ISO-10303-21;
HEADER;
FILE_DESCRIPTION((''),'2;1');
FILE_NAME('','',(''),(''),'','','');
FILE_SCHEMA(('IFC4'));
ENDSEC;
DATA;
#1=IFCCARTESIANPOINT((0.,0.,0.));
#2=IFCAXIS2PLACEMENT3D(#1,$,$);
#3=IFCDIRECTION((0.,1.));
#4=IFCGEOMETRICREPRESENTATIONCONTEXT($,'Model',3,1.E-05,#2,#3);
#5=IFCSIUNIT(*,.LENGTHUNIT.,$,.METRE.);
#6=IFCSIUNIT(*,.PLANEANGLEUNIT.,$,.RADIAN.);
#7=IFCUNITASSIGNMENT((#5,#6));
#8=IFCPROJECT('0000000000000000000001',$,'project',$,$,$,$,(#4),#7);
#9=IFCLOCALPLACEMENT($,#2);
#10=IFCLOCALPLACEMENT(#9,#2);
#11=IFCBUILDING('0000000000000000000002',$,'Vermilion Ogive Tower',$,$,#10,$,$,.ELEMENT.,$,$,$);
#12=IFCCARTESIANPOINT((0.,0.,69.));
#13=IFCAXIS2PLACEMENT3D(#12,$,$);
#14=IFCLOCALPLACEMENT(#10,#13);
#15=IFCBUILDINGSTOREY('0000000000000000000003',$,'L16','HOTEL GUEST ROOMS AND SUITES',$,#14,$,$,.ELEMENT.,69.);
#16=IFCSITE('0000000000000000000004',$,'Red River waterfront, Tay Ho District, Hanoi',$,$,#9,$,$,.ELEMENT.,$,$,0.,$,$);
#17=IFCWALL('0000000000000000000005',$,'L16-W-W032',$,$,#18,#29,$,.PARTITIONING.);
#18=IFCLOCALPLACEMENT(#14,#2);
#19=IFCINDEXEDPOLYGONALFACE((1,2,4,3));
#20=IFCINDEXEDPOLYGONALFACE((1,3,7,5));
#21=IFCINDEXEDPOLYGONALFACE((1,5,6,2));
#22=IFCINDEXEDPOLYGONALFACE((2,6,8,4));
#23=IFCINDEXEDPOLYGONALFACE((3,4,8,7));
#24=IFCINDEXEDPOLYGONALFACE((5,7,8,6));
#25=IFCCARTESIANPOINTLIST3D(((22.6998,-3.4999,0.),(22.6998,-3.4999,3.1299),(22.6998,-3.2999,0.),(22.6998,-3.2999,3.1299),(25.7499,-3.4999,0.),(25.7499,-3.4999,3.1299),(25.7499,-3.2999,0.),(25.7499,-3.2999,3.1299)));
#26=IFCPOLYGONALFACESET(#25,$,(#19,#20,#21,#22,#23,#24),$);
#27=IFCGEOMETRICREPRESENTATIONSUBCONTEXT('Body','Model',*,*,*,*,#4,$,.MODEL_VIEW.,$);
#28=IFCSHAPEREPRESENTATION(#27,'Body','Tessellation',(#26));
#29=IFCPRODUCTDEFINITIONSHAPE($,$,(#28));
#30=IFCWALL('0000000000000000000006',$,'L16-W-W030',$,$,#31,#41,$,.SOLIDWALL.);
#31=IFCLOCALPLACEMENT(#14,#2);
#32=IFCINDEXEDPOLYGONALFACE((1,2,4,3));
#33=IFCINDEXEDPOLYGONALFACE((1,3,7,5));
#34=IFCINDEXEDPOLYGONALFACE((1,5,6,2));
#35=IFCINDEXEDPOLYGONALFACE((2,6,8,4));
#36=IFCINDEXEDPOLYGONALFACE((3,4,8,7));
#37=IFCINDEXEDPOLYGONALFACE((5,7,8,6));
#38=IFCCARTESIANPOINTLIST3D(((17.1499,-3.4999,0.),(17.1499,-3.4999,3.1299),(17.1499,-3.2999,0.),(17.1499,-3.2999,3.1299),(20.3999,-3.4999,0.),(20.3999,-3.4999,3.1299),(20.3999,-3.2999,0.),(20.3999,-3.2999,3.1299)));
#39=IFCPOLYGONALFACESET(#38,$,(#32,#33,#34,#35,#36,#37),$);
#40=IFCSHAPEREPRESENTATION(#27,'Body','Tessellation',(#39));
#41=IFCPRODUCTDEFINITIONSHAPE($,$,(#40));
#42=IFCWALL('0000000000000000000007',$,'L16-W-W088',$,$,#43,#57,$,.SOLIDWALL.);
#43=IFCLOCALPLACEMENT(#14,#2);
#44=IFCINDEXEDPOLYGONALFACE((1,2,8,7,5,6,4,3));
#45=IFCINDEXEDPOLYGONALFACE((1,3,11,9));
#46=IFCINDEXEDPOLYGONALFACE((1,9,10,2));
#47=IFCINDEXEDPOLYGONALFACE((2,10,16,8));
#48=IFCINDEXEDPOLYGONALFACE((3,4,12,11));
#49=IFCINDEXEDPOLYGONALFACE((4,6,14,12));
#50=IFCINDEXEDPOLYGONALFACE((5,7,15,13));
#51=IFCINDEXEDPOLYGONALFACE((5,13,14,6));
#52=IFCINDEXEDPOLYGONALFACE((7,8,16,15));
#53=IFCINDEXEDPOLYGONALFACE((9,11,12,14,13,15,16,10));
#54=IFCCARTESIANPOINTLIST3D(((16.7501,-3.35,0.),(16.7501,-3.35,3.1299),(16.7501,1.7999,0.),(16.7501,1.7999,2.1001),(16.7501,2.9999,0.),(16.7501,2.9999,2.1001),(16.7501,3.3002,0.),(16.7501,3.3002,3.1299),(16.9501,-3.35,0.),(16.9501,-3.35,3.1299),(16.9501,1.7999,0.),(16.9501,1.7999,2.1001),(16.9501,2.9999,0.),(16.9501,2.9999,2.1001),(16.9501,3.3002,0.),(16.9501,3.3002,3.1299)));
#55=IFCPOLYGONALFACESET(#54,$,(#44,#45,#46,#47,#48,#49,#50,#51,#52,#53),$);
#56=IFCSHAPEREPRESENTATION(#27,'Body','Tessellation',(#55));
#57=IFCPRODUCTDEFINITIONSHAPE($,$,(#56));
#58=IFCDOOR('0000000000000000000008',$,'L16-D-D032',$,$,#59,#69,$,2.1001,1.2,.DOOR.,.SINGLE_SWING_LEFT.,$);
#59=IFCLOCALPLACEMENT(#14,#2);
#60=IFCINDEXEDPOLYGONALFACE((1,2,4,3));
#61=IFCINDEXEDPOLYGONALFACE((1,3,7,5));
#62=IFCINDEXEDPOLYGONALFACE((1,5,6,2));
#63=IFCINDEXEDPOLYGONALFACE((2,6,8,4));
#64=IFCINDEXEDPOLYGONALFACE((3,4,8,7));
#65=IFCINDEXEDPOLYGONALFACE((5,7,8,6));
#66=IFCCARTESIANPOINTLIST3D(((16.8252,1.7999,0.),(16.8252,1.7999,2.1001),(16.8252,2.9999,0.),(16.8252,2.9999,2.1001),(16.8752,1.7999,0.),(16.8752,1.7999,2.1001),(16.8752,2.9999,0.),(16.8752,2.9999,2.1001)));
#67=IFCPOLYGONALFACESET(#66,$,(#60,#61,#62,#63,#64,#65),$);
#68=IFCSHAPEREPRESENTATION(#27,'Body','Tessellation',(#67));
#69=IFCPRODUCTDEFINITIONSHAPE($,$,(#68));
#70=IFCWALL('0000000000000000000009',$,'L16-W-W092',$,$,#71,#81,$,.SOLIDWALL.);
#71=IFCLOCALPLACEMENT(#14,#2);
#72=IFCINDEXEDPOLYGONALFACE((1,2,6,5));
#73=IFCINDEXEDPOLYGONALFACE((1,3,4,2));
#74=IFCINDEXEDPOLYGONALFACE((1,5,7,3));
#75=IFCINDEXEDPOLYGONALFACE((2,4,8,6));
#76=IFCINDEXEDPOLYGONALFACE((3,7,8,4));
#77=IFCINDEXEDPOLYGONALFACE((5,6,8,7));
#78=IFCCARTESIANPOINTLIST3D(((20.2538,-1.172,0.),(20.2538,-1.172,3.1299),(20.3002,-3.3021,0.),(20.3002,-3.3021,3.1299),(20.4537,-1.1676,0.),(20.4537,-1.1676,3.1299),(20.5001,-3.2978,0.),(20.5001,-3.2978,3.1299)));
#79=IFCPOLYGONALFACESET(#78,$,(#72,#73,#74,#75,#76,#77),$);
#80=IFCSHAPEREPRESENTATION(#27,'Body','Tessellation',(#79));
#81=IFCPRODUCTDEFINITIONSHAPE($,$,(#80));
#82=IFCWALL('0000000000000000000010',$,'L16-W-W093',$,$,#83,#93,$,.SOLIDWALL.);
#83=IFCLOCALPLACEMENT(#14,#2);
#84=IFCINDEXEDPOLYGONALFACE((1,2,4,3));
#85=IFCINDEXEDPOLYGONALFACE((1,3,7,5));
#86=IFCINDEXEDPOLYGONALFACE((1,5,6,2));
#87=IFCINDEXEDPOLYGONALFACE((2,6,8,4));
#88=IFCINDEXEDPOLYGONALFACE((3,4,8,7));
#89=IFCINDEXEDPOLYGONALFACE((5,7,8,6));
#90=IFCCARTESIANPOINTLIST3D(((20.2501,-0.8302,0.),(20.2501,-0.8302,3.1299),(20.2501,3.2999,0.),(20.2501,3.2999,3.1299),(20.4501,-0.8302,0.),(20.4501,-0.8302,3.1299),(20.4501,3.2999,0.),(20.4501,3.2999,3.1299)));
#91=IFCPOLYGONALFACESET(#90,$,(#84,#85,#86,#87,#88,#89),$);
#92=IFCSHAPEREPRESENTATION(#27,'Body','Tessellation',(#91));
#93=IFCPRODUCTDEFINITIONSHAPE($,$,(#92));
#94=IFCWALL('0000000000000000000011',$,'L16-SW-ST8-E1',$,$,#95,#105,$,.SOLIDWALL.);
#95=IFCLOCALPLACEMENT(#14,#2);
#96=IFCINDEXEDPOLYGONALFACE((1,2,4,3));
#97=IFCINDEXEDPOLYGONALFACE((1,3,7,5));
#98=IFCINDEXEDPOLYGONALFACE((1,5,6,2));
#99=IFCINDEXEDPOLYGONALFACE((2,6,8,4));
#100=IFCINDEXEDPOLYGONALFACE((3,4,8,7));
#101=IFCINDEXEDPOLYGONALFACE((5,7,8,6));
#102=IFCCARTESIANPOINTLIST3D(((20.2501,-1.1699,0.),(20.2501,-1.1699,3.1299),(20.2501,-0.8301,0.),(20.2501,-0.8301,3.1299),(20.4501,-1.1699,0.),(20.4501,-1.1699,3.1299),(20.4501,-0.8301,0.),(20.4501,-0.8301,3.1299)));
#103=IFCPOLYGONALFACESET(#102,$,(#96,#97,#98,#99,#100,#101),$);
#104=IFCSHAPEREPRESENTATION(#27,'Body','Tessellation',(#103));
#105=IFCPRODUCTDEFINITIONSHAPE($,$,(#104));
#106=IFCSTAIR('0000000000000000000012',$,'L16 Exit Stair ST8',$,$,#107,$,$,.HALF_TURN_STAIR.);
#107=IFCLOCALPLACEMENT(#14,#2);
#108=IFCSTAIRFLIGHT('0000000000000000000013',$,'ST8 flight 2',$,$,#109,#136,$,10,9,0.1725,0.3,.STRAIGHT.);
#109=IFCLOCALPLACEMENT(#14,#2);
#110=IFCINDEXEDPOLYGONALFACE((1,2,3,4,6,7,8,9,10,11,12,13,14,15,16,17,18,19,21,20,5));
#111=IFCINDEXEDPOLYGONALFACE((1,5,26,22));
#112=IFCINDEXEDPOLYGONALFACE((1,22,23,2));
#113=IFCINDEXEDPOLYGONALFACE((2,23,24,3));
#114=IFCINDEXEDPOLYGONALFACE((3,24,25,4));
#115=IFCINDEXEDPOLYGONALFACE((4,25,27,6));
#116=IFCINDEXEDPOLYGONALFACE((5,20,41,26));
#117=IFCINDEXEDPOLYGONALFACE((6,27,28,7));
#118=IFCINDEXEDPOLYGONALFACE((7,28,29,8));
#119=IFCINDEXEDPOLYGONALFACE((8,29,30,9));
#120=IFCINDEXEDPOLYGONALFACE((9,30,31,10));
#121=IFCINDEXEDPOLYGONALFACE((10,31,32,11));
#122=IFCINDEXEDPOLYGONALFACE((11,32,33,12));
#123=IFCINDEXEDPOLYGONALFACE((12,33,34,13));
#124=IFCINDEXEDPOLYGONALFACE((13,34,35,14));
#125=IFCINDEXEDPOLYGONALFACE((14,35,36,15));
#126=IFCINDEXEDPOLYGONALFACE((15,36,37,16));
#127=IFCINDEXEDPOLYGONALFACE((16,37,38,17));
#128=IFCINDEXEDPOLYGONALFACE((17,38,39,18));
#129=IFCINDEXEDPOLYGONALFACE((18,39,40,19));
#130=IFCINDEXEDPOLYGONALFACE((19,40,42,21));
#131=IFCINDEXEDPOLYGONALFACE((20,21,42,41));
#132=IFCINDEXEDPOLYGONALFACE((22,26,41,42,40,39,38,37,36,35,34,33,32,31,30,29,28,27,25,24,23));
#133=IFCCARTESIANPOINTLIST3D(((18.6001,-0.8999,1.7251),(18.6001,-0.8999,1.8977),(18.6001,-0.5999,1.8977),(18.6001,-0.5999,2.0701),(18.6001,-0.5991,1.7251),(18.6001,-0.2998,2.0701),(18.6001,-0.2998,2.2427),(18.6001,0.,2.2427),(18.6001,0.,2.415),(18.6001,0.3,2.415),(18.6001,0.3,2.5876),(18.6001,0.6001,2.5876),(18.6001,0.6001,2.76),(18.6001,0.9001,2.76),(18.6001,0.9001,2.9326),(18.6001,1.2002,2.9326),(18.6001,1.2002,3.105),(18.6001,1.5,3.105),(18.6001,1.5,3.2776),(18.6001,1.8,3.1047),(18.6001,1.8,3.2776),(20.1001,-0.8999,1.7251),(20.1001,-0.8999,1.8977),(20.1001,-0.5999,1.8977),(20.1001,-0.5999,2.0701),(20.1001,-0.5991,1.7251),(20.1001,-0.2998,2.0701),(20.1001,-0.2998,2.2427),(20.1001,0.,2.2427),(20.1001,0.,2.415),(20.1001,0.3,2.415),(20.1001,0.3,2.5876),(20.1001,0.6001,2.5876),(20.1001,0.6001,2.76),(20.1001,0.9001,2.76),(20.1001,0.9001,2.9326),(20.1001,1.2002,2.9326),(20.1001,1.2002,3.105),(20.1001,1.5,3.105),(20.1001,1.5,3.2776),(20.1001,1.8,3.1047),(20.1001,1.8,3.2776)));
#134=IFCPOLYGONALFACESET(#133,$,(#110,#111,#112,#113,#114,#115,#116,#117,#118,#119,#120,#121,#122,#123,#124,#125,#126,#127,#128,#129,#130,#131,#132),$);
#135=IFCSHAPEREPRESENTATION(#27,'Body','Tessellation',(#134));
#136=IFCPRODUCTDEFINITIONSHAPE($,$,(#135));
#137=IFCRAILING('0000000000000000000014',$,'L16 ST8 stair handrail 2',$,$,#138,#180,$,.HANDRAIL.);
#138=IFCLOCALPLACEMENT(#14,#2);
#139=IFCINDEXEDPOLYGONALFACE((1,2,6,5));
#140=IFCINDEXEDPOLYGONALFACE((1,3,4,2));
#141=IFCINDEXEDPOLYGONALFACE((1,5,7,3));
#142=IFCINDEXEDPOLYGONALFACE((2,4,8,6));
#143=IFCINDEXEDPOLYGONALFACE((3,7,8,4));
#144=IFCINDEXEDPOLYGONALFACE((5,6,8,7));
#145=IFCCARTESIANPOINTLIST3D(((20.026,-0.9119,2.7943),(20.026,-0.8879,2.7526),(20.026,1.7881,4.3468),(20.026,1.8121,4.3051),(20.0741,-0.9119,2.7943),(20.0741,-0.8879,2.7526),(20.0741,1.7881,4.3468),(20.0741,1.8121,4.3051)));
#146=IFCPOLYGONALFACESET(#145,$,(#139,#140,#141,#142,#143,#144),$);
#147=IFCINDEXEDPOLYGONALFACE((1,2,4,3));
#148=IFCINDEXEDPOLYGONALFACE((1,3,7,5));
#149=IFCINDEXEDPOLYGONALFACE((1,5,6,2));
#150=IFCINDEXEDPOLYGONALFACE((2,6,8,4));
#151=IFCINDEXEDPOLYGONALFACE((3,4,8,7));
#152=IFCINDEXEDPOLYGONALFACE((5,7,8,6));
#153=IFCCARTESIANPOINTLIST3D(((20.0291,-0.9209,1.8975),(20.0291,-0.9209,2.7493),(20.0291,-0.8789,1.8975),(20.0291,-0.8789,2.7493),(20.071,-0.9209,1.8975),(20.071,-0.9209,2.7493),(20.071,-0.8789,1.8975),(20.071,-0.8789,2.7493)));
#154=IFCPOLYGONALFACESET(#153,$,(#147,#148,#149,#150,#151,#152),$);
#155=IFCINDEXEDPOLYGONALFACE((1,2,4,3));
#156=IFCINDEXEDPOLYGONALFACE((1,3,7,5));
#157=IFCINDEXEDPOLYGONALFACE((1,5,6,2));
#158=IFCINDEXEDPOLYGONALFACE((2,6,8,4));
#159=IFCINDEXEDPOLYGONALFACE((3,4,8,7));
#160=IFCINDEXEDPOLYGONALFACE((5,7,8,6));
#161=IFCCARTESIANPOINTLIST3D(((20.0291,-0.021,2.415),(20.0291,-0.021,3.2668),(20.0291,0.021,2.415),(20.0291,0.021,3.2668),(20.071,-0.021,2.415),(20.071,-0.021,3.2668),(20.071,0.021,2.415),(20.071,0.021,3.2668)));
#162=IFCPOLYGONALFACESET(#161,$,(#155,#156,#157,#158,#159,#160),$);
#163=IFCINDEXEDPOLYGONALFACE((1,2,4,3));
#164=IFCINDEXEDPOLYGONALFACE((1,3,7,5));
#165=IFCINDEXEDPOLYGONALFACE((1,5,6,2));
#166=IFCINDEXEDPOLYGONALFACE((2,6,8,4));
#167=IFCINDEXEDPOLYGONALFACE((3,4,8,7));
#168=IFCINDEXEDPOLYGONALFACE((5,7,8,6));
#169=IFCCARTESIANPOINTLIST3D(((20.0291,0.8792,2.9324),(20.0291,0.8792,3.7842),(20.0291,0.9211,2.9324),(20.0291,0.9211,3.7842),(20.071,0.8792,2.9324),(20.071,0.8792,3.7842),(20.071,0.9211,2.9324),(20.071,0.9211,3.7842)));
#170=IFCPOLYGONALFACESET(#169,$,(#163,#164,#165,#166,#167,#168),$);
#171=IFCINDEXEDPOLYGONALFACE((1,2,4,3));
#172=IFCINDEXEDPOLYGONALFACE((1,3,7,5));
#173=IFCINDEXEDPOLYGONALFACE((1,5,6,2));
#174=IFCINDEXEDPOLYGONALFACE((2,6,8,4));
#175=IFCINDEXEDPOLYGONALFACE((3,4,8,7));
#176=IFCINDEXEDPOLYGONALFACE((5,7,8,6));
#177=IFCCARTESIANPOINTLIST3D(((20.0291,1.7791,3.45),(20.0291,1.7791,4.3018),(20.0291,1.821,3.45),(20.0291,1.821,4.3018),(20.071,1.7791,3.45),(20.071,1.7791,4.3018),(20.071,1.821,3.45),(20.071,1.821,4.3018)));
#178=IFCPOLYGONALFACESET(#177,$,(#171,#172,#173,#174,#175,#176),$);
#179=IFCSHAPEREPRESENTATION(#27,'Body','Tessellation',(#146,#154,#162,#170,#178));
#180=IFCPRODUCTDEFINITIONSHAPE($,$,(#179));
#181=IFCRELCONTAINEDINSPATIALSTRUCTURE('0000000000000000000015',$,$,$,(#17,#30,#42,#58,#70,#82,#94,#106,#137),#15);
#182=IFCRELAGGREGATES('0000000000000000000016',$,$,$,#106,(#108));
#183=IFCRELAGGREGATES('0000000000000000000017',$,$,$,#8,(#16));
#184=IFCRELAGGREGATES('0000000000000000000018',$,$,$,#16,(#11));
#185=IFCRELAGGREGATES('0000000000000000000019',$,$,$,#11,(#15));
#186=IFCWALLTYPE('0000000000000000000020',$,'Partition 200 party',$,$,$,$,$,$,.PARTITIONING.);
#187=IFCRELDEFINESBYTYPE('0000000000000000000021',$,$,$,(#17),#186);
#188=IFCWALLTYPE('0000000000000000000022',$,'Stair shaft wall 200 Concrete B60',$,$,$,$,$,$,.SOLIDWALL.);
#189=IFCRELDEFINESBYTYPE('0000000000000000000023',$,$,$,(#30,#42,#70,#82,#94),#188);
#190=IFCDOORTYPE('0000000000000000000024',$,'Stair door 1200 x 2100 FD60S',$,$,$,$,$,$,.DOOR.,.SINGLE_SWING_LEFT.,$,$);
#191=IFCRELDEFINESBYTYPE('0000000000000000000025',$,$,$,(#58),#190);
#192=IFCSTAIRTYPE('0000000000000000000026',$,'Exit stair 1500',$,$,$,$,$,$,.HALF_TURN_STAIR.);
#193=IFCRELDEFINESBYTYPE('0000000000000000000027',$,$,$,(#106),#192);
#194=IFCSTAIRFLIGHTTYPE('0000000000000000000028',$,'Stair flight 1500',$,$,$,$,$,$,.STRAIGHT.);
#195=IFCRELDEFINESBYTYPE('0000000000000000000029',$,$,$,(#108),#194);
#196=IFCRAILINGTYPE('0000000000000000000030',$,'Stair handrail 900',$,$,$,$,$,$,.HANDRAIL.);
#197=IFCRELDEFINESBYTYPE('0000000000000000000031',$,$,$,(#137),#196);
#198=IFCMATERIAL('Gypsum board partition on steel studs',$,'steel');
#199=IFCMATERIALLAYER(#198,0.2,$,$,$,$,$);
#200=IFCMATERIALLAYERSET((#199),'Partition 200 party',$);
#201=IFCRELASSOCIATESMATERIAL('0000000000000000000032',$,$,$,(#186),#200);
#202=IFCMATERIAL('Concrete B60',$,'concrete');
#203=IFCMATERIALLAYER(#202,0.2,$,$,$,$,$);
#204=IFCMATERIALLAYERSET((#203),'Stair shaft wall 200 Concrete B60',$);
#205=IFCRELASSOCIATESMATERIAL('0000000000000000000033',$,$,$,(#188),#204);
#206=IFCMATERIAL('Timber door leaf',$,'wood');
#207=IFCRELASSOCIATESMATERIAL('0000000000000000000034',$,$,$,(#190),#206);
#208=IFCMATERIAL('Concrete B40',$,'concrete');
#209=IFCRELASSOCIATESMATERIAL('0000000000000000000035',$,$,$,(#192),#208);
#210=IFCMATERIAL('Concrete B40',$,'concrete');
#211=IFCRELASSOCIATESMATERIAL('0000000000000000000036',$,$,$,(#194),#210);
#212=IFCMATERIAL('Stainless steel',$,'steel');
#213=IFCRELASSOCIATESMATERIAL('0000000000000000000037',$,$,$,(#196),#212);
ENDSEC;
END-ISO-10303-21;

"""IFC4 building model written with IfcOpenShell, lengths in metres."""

from ifc_helpers import new_model, si_unit, direction, frame, frame_2d, origin, origin_2d, place, context, subcontext, project, spatial, polyline, rectangle, outline, extrude, material, layer, layer_set, type_object, element, fill, aggregate, save


model = new_model("IFC4")

# Units and contexts
model_context = context("Model", 3, precision=1e-05, world=origin(), true_north=direction((0.0, 1.0)))
body_context = subcontext(model_context, "Body", "Model", "MODEL_VIEW")
ifc_project = project(units=[si_unit("LENGTHUNIT", "METRE"), si_unit("PLANEANGLEUNIT", "RADIAN")], contexts=[model_context])

# Site, building, storey
site_placement = place(None, origin())
site = spatial("IfcSite", under=ifc_project, at=site_placement, Name="Red River waterfront, Tay Ho District, Hanoi", CompositionType="ELEMENT", RefElevation=0.0)
building_placement = place(site_placement, origin())
building = spatial("IfcBuilding", under=site, at=building_placement, Name="Vermilion Ogive Tower", CompositionType="ELEMENT")
storey_placement = place(building_placement, frame((0.0, 0.0, 69.0)))
storey = spatial("IfcBuildingStorey", under=building, at=storey_placement, Name="L16", Description="HOTEL GUEST ROOMS AND SUITES", CompositionType="ELEMENT", Elevation=69.0)

# Walls
ifc_material_1 = material(Name="Gypsum board partition on steel studs", Category="steel")
ifc_layer_1 = layer(ifc_material_1, 0.2)
ifc_layer_set_1 = layer_set([ifc_layer_1], Name="Partition 200 party")
wall_type_1 = type_object("IfcWallType", Name="Partition 200 party", PredefinedType="PARTITIONING", material=ifc_layer_set_1)
wall_1_placement = place(storey_placement, frame((22.7, -3.3999, 0.0), z_axis=(0.0, 0.0, 1.0), x_axis=(1.0, 0.0, 0.0)))
element("IfcWall", 1, at=wall_1_placement, inside=storey, type_object=wall_type_1, Name="L16-W-W032", PredefinedType="PARTITIONING", context=body_context, shape_type="SweptSolid", body=[
    extrude(rectangle(XDim=3.05, YDim=0.2, at=frame_2d((1.5249, 0.0))), origin(), (0.0, 0.0, 1.0), 3.1299),
])
ifc_material_2 = material(Name="Concrete B60", Category="concrete")
ifc_layer_2 = layer(ifc_material_2, 0.2)
ifc_layer_set_2 = layer_set([ifc_layer_2], Name="Stair shaft wall 200 Concrete B60")
wall_type_2 = type_object("IfcWallType", Name="Stair shaft wall 200 Concrete B60", PredefinedType="SOLIDWALL", material=ifc_layer_set_2)
wall_2_placement = place(storey_placement, frame((17.1499, -3.3999, 0.0), z_axis=(0.0, 0.0, 1.0), x_axis=(1.0, 0.0, 0.0)))
element("IfcWall", 2, at=wall_2_placement, inside=storey, type_object=wall_type_2, Name="L16-W-W030", PredefinedType="SOLIDWALL", context=body_context, shape_type="SweptSolid", body=[
    extrude(rectangle(XDim=3.25, YDim=0.2, at=frame_2d((1.625, 0.0))), origin(), (0.0, 0.0, 1.0), 3.1299),
])

# Wall, opening, door
wall_3_placement = place(storey_placement, frame((16.8501, -3.3501, 0.0), z_axis=(0.0, 0.0, 1.0), x_axis=(0.0, 1.0, 0.0)))
wall_3 = element("IfcWall", 3, at=wall_3_placement, inside=storey, type_object=wall_type_2, Name="L16-W-W088", PredefinedType="SOLIDWALL", context=body_context, shape_type="SweptSolid", body=[
    extrude(rectangle(XDim=6.6501, YDim=0.2, at=frame_2d((3.3252, 0.0))), origin(), (0.0, 0.0, 1.0), 3.1299),
])
opening_1_placement = place(wall_3_placement, frame((5.1499, 0.0, 0.0)))
opening_1 = element("IfcOpeningElement", 4, at=opening_1_placement, cuts=wall_3, PredefinedType="OPENING", context=body_context, shape_type="SweptSolid", body=[
    extrude(rectangle(XDim=1.2, YDim=2.1001, at=frame_2d((0.6001, 1.05))), frame((0.0, 0.1099, 0.0), z_axis=(0.0, -1.0, 0.0), x_axis=(1.0, 0.0, 0.0)), (0.0, 0.0, 1.0), 0.22),
])
ifc_material_3 = material(Name="Timber door leaf", Category="wood")
door_type_1 = type_object("IfcDoorType", Name="Stair door 1200 x 2100 FD60S", OperationType="SINGLE_SWING_LEFT", PredefinedType="DOOR", material=ifc_material_3)
door_1_placement = place(opening_1_placement, origin())
door_1 = element("IfcDoor", 5, at=door_1_placement, inside=storey, type_object=door_type_1, Name="L16-D-D032", OperationType="SINGLE_SWING_LEFT", OverallHeight=2.1001, OverallWidth=1.2, PredefinedType="DOOR", context=body_context, shape_type="SweptSolid", body=[
    extrude(rectangle(XDim=1.2, YDim=2.1001, at=frame_2d((0.6001, 1.05))), frame((0.0, 0.0249, 0.0), z_axis=(0.0, -1.0, 0.0), x_axis=(1.0, 0.0, 0.0)), (0.0, 0.0, 1.0), 0.05),
])
fill(opening_1, door_1)

# Walls
wall_4_placement = place(storey_placement, frame((20.4001, -3.3, 0.0), z_axis=(0.0, 0.0, 1.0), x_axis=(-0.021771, 0.999763, 0.0)))
element("IfcWall", 6, at=wall_4_placement, inside=storey, type_object=wall_type_2, Name="L16-W-W092", PredefinedType="SOLIDWALL", context=body_context, shape_type="SweptSolid", body=[
    extrude(rectangle(XDim=2.1306, YDim=0.2, at=frame_2d((1.0654, 0.0))), origin(), (0.0, 0.0, 1.0), 3.1299),
])
wall_5_placement = place(storey_placement, frame((20.3501, -0.8301, 0.0), z_axis=(0.0, 0.0, 1.0), x_axis=(0.0, 1.0, 0.0)))
element("IfcWall", 7, at=wall_5_placement, inside=storey, type_object=wall_type_2, Name="L16-W-W093", PredefinedType="SOLIDWALL", context=body_context, shape_type="SweptSolid", body=[
    extrude(rectangle(XDim=4.1301, YDim=0.2, at=frame_2d((2.0649, 0.0))), origin(), (0.0, 0.0, 1.0), 3.1299),
])
wall_6_placement = place(storey_placement, frame((20.3501, -1.1699, 0.0), z_axis=(0.0, 0.0, 1.0), x_axis=(0.0, 1.0, 0.0)))
element("IfcWall", 8, at=wall_6_placement, inside=storey, type_object=wall_type_2, Name="L16-SW-ST8-E1", PredefinedType="SOLIDWALL", context=body_context, shape_type="SweptSolid", body=[
    extrude(rectangle(XDim=0.3398, YDim=0.2, at=frame_2d((0.1699, 0.0))), origin(), (0.0, 0.0, 1.0), 3.1299),
])

# Stair, stair flight
ifc_material_4 = material(Name="Concrete B40", Category="concrete")
stair_type = type_object("IfcStairType", Name="Exit stair 1500", PredefinedType="HALF_TURN_STAIR", material=ifc_material_4)
stair_placement = place(storey_placement, origin())
stair = element("IfcStair", 9, at=stair_placement, inside=storey, type_object=stair_type, Name="L16 Exit Stair ST8", PredefinedType="HALF_TURN_STAIR")
ifc_material_5 = material(Name="Concrete B40", Category="concrete")
stair_flight_type = type_object("IfcStairFlightType", Name="Stair flight 1500", PredefinedType="STRAIGHT", material=ifc_material_5)
stair_flight_placement = place(storey_placement, frame((19.3501, -0.8999, 1.7251), z_axis=(0.0, 0.0, 1.0), x_axis=(0.0, 1.0, 0.0)))
stair_flight = element("IfcStairFlight", 10, at=stair_flight_placement, type_object=stair_flight_type, Name="ST8 flight 2", NumberOfRisers=10, NumberOfTreads=9, PredefinedType="STRAIGHT", RiserHeight=0.1725, TreadLength=0.3, context=body_context, shape_type="SweptSolid", body=[
    extrude(outline(polyline([(0.0, 0.0), (0.0, 0.1726), (0.3, 0.1726), (0.3, 0.345), (0.6001, 0.345), (0.6001, 0.5176), (0.8999, 0.5176), (0.8999, 0.6899), (1.2, 0.6899), (1.2, 0.8625), (1.5, 0.8625), (1.5, 1.0349), (1.8, 1.0349), (1.8, 1.2075), (2.1001, 1.2075), (2.1001, 1.3799), (2.3999, 1.3799), (2.3999, 1.5525), (2.7, 1.5525), (2.7, 1.7251), (2.7, 1.3796), (0.3008, 0.0), (0.0, 0.0)])), frame((0.0, 0.75, 0.0), z_axis=(0.0, -1.0, 0.0), x_axis=(1.0, 0.0, 0.0)), (0.0, 0.0, 1.0), 1.5),
])
aggregate(stair, [stair_flight])

# Railing
ifc_material_6 = material(Name="Stainless steel", Category="steel")
railing_type = type_object("IfcRailingType", Name="Stair handrail 900", PredefinedType="HANDRAIL", material=ifc_material_6)
railing_placement = place(storey_placement, frame((20.05, -0.8999, 1.8975)))
element("IfcRailing", 11, at=railing_placement, inside=storey, type_object=railing_type, Name="L16 ST8 stair handrail 2", PredefinedType="HANDRAIL", context=body_context, shape_type="SweptSolid", body=[
    extrude(rectangle(XDim=0.0481, YDim=0.0481, at=origin_2d()), frame((0.0, 0.0, 0.876), z_axis=(0.0, 0.866904, 0.498476), x_axis=(-1.0, 0.0, 0.0)), (0.0, 0.0, 1.0), 3.1145),
    extrude(rectangle(XDim=0.042, YDim=0.042, at=origin_2d()), origin(), (0.0, 0.0, 1.0), 0.8518),
    extrude(rectangle(XDim=0.042, YDim=0.042, at=origin_2d()), frame((0.0, 0.8999, 0.5176)), (0.0, 0.0, 1.0), 0.8518),
    extrude(rectangle(XDim=0.042, YDim=0.042, at=origin_2d()), frame((0.0, 1.8, 1.0349)), (0.0, 0.0, 1.0), 0.8518),
    extrude(rectangle(XDim=0.042, YDim=0.042, at=origin_2d()), frame((0.0, 2.7, 1.5525)), (0.0, 0.0, 1.0), 0.8518),
])

save(model, "model.ifc")
